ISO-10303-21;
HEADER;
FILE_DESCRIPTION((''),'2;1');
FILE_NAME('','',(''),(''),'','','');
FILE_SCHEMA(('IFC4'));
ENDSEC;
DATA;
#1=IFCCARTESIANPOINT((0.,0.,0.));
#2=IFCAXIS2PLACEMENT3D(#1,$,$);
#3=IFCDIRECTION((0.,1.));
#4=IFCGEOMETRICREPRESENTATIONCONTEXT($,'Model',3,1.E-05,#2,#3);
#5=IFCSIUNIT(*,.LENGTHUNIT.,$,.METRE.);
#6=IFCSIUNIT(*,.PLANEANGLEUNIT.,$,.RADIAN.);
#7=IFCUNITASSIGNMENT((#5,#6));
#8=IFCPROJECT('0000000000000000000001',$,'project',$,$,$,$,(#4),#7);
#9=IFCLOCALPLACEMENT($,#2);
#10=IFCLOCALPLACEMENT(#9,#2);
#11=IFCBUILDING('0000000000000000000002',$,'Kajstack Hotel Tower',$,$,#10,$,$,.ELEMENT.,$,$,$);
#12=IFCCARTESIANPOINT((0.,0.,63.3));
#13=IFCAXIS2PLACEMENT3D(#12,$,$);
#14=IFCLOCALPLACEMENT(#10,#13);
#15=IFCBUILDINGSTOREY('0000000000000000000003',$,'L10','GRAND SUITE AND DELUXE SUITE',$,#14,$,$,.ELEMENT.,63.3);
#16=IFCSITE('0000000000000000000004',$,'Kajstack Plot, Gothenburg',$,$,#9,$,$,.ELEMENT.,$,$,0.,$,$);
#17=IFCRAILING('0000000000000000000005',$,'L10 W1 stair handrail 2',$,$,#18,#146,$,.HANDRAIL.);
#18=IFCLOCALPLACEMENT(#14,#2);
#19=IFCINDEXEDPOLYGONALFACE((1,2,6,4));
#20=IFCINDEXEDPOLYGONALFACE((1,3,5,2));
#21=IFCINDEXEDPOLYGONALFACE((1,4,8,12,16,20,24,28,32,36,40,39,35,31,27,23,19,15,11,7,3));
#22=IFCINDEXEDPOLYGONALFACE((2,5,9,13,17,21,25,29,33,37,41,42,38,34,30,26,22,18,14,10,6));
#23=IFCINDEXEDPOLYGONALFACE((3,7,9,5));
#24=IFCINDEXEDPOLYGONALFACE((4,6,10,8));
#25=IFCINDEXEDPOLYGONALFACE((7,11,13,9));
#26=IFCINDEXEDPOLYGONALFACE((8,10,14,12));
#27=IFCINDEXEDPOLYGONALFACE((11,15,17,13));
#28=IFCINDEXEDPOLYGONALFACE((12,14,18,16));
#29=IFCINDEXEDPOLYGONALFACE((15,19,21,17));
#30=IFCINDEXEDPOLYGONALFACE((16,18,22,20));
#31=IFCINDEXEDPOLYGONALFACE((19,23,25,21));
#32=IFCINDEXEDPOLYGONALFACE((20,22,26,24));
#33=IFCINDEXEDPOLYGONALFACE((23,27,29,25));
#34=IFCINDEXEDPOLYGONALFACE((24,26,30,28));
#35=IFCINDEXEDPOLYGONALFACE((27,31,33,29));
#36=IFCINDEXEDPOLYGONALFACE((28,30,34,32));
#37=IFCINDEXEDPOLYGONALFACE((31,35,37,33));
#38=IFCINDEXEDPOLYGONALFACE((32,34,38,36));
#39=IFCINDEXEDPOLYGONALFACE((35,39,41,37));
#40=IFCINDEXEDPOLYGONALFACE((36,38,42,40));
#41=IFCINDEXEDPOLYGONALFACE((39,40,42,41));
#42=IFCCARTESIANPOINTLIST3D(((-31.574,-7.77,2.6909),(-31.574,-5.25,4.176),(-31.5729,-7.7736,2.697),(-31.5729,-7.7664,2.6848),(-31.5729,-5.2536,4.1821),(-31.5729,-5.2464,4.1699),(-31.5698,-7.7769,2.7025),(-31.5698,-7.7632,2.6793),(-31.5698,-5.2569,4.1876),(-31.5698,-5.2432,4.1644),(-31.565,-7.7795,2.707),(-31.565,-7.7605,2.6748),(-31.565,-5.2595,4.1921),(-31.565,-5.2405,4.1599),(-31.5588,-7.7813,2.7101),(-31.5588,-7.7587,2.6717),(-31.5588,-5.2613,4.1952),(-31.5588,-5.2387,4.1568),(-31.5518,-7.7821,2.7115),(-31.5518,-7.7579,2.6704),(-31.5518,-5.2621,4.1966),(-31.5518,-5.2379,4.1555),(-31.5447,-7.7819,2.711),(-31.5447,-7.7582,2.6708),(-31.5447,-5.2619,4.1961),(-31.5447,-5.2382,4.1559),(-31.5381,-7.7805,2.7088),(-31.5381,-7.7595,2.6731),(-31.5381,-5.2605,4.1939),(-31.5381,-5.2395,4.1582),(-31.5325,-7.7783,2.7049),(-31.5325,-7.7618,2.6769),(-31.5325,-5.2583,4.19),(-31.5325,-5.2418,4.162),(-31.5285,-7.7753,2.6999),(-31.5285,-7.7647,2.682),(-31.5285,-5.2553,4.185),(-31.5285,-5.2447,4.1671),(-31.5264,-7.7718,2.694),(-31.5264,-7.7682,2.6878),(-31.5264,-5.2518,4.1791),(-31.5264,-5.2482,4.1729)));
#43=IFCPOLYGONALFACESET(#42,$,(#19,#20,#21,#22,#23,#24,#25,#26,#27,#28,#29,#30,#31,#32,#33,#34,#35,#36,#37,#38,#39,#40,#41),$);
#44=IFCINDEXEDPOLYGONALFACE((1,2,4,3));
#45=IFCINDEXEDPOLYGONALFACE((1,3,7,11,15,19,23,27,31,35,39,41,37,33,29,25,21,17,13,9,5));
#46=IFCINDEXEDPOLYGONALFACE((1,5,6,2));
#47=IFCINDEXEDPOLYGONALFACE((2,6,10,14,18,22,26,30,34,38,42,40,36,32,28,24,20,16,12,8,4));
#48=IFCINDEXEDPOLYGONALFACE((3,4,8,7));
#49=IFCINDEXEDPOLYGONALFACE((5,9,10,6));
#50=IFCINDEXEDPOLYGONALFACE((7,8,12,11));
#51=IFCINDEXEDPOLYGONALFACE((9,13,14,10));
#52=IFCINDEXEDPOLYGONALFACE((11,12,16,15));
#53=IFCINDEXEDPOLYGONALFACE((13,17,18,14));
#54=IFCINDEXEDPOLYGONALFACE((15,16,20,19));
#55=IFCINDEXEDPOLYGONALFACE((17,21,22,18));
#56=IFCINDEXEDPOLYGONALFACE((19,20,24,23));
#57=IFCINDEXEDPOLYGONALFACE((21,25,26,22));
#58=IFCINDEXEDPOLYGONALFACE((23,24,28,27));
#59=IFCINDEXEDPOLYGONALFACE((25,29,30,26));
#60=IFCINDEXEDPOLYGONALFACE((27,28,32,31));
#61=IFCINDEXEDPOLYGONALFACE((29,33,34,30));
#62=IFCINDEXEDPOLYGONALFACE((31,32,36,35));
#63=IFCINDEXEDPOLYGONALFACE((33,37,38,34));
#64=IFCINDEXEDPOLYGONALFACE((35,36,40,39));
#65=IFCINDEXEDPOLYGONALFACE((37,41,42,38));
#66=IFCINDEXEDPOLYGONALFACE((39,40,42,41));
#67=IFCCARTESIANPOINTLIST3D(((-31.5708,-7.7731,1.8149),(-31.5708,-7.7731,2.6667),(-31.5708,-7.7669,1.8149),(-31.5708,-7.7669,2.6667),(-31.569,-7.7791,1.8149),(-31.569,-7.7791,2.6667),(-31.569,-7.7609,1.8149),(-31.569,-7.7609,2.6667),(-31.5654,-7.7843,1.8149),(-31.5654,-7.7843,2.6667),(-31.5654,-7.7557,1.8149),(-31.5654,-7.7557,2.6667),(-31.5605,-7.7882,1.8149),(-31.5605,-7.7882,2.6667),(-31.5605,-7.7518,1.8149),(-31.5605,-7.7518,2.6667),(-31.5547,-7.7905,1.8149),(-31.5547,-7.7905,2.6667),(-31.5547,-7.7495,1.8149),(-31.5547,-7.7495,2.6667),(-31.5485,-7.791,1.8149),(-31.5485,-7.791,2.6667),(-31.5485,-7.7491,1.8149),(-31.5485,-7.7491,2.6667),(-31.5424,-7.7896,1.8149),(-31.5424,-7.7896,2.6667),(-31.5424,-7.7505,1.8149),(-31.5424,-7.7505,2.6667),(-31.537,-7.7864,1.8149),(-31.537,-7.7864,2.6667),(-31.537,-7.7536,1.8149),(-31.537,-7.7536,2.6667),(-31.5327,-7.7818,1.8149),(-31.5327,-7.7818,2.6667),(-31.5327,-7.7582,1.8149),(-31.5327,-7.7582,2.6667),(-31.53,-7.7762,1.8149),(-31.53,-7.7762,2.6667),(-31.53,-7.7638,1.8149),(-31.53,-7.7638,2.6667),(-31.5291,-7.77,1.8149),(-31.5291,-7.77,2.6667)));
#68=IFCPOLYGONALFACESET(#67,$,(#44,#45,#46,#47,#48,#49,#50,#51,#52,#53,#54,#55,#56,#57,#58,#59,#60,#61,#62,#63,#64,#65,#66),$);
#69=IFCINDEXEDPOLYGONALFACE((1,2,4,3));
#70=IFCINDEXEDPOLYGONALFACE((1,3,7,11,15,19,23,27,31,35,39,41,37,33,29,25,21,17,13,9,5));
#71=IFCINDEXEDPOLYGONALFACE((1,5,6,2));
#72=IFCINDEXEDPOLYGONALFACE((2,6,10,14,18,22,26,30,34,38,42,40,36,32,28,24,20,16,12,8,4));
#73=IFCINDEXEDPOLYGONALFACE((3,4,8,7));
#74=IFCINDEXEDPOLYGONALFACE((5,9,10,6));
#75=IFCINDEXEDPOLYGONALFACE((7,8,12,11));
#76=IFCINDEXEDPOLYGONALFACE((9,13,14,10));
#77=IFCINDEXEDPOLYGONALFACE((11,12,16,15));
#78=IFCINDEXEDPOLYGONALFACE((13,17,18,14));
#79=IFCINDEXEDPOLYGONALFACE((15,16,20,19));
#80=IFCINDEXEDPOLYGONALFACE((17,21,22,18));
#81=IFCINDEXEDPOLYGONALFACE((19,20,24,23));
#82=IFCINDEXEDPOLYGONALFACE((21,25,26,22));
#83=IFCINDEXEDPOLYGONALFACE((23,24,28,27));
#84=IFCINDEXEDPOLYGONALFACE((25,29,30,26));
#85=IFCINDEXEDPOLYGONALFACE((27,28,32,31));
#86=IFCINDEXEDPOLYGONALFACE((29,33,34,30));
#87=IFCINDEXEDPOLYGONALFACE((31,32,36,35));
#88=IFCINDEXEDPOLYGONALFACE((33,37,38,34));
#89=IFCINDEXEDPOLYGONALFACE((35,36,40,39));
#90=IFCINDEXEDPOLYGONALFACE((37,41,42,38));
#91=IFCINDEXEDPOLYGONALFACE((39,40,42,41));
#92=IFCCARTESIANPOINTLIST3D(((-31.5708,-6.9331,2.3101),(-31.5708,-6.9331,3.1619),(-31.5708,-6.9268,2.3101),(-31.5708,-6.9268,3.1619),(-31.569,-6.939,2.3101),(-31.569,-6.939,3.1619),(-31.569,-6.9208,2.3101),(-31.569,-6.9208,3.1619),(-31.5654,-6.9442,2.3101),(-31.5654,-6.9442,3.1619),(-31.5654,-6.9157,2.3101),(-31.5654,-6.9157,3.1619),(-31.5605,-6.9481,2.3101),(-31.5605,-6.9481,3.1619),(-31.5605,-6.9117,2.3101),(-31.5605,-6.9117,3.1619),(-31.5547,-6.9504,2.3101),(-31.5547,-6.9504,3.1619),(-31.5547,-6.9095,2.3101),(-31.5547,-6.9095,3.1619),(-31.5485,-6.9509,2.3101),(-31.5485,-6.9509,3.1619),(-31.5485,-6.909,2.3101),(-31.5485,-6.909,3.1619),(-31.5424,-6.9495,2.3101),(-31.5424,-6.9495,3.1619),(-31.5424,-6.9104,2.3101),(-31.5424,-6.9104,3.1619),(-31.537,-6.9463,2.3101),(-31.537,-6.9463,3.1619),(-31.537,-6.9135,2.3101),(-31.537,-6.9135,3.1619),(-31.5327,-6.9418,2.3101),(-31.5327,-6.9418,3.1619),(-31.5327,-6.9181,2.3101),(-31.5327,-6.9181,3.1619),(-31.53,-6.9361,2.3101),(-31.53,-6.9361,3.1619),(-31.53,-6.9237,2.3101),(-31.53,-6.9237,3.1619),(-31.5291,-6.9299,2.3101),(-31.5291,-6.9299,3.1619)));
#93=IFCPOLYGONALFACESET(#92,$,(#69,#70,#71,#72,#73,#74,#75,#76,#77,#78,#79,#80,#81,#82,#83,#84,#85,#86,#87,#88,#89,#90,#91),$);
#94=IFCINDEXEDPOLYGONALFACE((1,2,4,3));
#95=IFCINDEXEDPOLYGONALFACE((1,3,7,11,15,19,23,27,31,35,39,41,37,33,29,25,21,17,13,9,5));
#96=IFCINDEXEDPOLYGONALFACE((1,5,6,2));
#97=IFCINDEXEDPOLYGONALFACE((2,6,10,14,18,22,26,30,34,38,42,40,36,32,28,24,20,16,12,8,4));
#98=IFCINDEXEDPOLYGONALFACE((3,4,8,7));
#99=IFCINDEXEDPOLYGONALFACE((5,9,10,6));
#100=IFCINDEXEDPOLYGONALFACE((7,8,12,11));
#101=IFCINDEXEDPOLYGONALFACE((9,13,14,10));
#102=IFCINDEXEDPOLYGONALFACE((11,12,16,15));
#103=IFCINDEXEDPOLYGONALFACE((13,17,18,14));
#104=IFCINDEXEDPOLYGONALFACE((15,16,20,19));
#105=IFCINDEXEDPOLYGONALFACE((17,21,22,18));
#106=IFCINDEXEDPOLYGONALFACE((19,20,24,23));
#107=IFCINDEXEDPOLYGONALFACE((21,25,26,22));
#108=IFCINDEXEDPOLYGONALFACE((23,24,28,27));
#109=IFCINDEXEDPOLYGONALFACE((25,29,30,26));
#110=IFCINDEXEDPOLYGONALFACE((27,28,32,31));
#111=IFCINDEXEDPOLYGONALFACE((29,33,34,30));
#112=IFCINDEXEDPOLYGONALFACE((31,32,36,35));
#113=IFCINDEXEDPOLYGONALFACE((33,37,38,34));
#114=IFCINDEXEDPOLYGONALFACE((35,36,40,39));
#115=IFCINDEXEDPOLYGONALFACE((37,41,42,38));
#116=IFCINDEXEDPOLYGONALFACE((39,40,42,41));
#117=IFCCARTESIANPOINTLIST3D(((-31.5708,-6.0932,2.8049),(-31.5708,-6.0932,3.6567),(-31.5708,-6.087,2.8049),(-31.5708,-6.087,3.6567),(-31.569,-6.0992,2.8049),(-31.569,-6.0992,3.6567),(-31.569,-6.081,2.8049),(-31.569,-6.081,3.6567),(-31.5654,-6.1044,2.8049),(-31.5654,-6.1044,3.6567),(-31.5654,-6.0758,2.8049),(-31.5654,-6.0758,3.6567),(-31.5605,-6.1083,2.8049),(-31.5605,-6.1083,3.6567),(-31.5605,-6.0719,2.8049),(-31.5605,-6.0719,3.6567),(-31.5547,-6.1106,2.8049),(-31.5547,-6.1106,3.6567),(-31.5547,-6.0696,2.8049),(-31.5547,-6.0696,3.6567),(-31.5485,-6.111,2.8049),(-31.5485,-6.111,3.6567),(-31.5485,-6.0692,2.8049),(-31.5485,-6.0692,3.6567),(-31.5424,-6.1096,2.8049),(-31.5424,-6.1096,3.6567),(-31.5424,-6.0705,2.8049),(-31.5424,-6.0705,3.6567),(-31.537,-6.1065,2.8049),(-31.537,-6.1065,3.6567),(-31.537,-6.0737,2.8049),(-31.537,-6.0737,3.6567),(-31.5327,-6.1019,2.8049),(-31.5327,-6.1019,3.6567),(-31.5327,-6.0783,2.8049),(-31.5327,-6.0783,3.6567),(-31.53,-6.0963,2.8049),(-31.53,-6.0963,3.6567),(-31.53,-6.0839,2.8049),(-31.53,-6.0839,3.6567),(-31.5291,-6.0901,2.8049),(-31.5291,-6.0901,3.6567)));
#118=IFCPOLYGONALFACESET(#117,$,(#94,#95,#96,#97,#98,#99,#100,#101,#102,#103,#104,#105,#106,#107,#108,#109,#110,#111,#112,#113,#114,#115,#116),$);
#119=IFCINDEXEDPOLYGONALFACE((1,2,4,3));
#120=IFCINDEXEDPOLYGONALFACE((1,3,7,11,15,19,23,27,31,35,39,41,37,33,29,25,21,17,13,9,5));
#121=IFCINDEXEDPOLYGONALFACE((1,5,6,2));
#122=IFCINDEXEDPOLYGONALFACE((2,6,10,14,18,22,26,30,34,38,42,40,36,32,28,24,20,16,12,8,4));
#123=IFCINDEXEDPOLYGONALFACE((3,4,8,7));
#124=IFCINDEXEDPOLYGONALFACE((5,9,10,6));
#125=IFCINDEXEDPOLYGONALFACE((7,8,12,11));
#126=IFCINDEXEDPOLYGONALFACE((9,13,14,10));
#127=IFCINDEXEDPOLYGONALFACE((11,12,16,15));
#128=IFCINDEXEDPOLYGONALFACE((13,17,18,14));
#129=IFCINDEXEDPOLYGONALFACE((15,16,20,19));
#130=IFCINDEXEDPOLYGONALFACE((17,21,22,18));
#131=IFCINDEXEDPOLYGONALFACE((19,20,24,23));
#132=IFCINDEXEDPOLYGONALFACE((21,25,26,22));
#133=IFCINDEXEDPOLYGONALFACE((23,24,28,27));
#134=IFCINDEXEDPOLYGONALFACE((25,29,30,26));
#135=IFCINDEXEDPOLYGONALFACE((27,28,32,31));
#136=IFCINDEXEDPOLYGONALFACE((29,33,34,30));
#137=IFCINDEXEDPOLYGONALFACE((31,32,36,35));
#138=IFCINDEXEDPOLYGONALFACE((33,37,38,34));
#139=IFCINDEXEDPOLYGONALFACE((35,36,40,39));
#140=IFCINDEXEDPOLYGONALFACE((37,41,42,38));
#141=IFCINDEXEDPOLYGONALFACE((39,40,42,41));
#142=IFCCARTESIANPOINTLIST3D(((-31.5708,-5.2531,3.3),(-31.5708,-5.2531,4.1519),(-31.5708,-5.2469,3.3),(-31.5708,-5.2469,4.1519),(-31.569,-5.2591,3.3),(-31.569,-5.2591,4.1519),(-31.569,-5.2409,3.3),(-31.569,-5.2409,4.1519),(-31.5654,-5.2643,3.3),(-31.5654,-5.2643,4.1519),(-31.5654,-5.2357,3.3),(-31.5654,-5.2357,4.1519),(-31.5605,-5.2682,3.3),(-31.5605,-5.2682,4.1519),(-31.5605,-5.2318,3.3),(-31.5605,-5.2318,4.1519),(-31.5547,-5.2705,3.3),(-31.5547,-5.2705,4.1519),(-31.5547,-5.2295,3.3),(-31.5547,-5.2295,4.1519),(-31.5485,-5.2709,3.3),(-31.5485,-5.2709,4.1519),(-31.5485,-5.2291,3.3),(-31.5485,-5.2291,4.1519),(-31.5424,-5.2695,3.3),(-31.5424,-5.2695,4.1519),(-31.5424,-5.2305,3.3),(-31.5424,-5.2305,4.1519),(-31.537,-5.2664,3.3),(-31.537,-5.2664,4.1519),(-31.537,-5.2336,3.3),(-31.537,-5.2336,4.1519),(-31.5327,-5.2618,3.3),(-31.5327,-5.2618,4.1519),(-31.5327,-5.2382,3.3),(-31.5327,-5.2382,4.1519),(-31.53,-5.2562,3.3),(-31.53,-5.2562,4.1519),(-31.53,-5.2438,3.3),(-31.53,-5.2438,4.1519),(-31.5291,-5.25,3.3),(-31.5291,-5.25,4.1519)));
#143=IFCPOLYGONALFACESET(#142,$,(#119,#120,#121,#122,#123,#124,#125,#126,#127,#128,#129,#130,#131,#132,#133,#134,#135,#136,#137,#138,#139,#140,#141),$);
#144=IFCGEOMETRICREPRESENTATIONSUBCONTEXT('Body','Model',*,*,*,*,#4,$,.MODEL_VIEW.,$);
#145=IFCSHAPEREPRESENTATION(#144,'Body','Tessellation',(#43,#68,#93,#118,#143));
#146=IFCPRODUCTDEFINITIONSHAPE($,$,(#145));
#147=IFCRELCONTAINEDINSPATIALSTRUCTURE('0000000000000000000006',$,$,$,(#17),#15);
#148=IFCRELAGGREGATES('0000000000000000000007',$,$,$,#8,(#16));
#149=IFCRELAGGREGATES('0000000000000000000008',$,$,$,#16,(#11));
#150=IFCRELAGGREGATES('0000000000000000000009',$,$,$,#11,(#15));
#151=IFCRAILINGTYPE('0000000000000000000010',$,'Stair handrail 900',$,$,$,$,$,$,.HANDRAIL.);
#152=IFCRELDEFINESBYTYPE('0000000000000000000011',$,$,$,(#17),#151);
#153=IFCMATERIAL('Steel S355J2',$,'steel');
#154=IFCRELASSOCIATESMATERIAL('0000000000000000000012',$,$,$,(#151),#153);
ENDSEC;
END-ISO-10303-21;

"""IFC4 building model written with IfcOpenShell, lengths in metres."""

from ifc_helpers import new_model, si_unit, direction, frame, origin, origin_2d, place, context, subcontext, project, spatial, circle, extrude, material, type_object, element, save


model = new_model("IFC4")

# Units and contexts
model_context = context("Model", 3, precision=1e-05, world=origin(), true_north=direction((0.0, 1.0)))
body_context = subcontext(model_context, "Body", "Model", "MODEL_VIEW")
ifc_project = project(units=[si_unit("LENGTHUNIT", "METRE"), si_unit("PLANEANGLEUNIT", "RADIAN")], contexts=[model_context])

# Site, building, storey
site_placement = place(None, origin())
site = spatial("IfcSite", under=ifc_project, at=site_placement, Name="Kajstack Plot, Gothenburg", CompositionType="ELEMENT", RefElevation=0.0)
building_placement = place(site_placement, origin())
building = spatial("IfcBuilding", under=site, at=building_placement, Name="Kajstack Hotel Tower", CompositionType="ELEMENT")
storey_placement = place(building_placement, frame((0.0, 0.0, 63.3)))
storey = spatial("IfcBuildingStorey", under=building, at=storey_placement, Name="L10", Description="GRAND SUITE AND DELUXE SUITE", CompositionType="ELEMENT", Elevation=63.3)

# Railing
ifc_material_1 = material(Name="Steel S355J2", Category="steel")
railing_type = type_object("IfcRailingType", Name="Stair handrail 900", PredefinedType="HANDRAIL", material=ifc_material_1)
railing_placement = place(storey_placement, frame((-31.55, -7.77, 1.8149)))
element("IfcRailing", 1, at=railing_placement, inside=storey, type_object=railing_type, Name="L10 W1 stair handrail 2", PredefinedType="HANDRAIL", context=body_context, shape_type="SweptSolid", body=[
    extrude(circle(Radius=0.0239, at=origin_2d()), frame((0.0, 0.0, 0.876), z_axis=(0.0, 0.861524, 0.507717), x_axis=(-1.0, 0.0, 0.0)), (0.0, 0.0, 1.0), 2.925),
    extrude(circle(Radius=0.021, at=origin_2d()), origin(), (0.0, 0.0, 1.0), 0.8518),
    extrude(circle(Radius=0.021, at=origin_2d()), frame((0.0, 0.8401, 0.4951)), (0.0, 0.0, 1.0), 0.8518),
    extrude(circle(Radius=0.021, at=origin_2d()), frame((0.0, 1.6799, 0.99)), (0.0, 0.0, 1.0), 0.8518),
    extrude(circle(Radius=0.021, at=origin_2d()), frame((0.0, 2.52, 1.4851)), (0.0, 0.0, 1.0), 0.8518),
])

save(model, "model.ifc")
